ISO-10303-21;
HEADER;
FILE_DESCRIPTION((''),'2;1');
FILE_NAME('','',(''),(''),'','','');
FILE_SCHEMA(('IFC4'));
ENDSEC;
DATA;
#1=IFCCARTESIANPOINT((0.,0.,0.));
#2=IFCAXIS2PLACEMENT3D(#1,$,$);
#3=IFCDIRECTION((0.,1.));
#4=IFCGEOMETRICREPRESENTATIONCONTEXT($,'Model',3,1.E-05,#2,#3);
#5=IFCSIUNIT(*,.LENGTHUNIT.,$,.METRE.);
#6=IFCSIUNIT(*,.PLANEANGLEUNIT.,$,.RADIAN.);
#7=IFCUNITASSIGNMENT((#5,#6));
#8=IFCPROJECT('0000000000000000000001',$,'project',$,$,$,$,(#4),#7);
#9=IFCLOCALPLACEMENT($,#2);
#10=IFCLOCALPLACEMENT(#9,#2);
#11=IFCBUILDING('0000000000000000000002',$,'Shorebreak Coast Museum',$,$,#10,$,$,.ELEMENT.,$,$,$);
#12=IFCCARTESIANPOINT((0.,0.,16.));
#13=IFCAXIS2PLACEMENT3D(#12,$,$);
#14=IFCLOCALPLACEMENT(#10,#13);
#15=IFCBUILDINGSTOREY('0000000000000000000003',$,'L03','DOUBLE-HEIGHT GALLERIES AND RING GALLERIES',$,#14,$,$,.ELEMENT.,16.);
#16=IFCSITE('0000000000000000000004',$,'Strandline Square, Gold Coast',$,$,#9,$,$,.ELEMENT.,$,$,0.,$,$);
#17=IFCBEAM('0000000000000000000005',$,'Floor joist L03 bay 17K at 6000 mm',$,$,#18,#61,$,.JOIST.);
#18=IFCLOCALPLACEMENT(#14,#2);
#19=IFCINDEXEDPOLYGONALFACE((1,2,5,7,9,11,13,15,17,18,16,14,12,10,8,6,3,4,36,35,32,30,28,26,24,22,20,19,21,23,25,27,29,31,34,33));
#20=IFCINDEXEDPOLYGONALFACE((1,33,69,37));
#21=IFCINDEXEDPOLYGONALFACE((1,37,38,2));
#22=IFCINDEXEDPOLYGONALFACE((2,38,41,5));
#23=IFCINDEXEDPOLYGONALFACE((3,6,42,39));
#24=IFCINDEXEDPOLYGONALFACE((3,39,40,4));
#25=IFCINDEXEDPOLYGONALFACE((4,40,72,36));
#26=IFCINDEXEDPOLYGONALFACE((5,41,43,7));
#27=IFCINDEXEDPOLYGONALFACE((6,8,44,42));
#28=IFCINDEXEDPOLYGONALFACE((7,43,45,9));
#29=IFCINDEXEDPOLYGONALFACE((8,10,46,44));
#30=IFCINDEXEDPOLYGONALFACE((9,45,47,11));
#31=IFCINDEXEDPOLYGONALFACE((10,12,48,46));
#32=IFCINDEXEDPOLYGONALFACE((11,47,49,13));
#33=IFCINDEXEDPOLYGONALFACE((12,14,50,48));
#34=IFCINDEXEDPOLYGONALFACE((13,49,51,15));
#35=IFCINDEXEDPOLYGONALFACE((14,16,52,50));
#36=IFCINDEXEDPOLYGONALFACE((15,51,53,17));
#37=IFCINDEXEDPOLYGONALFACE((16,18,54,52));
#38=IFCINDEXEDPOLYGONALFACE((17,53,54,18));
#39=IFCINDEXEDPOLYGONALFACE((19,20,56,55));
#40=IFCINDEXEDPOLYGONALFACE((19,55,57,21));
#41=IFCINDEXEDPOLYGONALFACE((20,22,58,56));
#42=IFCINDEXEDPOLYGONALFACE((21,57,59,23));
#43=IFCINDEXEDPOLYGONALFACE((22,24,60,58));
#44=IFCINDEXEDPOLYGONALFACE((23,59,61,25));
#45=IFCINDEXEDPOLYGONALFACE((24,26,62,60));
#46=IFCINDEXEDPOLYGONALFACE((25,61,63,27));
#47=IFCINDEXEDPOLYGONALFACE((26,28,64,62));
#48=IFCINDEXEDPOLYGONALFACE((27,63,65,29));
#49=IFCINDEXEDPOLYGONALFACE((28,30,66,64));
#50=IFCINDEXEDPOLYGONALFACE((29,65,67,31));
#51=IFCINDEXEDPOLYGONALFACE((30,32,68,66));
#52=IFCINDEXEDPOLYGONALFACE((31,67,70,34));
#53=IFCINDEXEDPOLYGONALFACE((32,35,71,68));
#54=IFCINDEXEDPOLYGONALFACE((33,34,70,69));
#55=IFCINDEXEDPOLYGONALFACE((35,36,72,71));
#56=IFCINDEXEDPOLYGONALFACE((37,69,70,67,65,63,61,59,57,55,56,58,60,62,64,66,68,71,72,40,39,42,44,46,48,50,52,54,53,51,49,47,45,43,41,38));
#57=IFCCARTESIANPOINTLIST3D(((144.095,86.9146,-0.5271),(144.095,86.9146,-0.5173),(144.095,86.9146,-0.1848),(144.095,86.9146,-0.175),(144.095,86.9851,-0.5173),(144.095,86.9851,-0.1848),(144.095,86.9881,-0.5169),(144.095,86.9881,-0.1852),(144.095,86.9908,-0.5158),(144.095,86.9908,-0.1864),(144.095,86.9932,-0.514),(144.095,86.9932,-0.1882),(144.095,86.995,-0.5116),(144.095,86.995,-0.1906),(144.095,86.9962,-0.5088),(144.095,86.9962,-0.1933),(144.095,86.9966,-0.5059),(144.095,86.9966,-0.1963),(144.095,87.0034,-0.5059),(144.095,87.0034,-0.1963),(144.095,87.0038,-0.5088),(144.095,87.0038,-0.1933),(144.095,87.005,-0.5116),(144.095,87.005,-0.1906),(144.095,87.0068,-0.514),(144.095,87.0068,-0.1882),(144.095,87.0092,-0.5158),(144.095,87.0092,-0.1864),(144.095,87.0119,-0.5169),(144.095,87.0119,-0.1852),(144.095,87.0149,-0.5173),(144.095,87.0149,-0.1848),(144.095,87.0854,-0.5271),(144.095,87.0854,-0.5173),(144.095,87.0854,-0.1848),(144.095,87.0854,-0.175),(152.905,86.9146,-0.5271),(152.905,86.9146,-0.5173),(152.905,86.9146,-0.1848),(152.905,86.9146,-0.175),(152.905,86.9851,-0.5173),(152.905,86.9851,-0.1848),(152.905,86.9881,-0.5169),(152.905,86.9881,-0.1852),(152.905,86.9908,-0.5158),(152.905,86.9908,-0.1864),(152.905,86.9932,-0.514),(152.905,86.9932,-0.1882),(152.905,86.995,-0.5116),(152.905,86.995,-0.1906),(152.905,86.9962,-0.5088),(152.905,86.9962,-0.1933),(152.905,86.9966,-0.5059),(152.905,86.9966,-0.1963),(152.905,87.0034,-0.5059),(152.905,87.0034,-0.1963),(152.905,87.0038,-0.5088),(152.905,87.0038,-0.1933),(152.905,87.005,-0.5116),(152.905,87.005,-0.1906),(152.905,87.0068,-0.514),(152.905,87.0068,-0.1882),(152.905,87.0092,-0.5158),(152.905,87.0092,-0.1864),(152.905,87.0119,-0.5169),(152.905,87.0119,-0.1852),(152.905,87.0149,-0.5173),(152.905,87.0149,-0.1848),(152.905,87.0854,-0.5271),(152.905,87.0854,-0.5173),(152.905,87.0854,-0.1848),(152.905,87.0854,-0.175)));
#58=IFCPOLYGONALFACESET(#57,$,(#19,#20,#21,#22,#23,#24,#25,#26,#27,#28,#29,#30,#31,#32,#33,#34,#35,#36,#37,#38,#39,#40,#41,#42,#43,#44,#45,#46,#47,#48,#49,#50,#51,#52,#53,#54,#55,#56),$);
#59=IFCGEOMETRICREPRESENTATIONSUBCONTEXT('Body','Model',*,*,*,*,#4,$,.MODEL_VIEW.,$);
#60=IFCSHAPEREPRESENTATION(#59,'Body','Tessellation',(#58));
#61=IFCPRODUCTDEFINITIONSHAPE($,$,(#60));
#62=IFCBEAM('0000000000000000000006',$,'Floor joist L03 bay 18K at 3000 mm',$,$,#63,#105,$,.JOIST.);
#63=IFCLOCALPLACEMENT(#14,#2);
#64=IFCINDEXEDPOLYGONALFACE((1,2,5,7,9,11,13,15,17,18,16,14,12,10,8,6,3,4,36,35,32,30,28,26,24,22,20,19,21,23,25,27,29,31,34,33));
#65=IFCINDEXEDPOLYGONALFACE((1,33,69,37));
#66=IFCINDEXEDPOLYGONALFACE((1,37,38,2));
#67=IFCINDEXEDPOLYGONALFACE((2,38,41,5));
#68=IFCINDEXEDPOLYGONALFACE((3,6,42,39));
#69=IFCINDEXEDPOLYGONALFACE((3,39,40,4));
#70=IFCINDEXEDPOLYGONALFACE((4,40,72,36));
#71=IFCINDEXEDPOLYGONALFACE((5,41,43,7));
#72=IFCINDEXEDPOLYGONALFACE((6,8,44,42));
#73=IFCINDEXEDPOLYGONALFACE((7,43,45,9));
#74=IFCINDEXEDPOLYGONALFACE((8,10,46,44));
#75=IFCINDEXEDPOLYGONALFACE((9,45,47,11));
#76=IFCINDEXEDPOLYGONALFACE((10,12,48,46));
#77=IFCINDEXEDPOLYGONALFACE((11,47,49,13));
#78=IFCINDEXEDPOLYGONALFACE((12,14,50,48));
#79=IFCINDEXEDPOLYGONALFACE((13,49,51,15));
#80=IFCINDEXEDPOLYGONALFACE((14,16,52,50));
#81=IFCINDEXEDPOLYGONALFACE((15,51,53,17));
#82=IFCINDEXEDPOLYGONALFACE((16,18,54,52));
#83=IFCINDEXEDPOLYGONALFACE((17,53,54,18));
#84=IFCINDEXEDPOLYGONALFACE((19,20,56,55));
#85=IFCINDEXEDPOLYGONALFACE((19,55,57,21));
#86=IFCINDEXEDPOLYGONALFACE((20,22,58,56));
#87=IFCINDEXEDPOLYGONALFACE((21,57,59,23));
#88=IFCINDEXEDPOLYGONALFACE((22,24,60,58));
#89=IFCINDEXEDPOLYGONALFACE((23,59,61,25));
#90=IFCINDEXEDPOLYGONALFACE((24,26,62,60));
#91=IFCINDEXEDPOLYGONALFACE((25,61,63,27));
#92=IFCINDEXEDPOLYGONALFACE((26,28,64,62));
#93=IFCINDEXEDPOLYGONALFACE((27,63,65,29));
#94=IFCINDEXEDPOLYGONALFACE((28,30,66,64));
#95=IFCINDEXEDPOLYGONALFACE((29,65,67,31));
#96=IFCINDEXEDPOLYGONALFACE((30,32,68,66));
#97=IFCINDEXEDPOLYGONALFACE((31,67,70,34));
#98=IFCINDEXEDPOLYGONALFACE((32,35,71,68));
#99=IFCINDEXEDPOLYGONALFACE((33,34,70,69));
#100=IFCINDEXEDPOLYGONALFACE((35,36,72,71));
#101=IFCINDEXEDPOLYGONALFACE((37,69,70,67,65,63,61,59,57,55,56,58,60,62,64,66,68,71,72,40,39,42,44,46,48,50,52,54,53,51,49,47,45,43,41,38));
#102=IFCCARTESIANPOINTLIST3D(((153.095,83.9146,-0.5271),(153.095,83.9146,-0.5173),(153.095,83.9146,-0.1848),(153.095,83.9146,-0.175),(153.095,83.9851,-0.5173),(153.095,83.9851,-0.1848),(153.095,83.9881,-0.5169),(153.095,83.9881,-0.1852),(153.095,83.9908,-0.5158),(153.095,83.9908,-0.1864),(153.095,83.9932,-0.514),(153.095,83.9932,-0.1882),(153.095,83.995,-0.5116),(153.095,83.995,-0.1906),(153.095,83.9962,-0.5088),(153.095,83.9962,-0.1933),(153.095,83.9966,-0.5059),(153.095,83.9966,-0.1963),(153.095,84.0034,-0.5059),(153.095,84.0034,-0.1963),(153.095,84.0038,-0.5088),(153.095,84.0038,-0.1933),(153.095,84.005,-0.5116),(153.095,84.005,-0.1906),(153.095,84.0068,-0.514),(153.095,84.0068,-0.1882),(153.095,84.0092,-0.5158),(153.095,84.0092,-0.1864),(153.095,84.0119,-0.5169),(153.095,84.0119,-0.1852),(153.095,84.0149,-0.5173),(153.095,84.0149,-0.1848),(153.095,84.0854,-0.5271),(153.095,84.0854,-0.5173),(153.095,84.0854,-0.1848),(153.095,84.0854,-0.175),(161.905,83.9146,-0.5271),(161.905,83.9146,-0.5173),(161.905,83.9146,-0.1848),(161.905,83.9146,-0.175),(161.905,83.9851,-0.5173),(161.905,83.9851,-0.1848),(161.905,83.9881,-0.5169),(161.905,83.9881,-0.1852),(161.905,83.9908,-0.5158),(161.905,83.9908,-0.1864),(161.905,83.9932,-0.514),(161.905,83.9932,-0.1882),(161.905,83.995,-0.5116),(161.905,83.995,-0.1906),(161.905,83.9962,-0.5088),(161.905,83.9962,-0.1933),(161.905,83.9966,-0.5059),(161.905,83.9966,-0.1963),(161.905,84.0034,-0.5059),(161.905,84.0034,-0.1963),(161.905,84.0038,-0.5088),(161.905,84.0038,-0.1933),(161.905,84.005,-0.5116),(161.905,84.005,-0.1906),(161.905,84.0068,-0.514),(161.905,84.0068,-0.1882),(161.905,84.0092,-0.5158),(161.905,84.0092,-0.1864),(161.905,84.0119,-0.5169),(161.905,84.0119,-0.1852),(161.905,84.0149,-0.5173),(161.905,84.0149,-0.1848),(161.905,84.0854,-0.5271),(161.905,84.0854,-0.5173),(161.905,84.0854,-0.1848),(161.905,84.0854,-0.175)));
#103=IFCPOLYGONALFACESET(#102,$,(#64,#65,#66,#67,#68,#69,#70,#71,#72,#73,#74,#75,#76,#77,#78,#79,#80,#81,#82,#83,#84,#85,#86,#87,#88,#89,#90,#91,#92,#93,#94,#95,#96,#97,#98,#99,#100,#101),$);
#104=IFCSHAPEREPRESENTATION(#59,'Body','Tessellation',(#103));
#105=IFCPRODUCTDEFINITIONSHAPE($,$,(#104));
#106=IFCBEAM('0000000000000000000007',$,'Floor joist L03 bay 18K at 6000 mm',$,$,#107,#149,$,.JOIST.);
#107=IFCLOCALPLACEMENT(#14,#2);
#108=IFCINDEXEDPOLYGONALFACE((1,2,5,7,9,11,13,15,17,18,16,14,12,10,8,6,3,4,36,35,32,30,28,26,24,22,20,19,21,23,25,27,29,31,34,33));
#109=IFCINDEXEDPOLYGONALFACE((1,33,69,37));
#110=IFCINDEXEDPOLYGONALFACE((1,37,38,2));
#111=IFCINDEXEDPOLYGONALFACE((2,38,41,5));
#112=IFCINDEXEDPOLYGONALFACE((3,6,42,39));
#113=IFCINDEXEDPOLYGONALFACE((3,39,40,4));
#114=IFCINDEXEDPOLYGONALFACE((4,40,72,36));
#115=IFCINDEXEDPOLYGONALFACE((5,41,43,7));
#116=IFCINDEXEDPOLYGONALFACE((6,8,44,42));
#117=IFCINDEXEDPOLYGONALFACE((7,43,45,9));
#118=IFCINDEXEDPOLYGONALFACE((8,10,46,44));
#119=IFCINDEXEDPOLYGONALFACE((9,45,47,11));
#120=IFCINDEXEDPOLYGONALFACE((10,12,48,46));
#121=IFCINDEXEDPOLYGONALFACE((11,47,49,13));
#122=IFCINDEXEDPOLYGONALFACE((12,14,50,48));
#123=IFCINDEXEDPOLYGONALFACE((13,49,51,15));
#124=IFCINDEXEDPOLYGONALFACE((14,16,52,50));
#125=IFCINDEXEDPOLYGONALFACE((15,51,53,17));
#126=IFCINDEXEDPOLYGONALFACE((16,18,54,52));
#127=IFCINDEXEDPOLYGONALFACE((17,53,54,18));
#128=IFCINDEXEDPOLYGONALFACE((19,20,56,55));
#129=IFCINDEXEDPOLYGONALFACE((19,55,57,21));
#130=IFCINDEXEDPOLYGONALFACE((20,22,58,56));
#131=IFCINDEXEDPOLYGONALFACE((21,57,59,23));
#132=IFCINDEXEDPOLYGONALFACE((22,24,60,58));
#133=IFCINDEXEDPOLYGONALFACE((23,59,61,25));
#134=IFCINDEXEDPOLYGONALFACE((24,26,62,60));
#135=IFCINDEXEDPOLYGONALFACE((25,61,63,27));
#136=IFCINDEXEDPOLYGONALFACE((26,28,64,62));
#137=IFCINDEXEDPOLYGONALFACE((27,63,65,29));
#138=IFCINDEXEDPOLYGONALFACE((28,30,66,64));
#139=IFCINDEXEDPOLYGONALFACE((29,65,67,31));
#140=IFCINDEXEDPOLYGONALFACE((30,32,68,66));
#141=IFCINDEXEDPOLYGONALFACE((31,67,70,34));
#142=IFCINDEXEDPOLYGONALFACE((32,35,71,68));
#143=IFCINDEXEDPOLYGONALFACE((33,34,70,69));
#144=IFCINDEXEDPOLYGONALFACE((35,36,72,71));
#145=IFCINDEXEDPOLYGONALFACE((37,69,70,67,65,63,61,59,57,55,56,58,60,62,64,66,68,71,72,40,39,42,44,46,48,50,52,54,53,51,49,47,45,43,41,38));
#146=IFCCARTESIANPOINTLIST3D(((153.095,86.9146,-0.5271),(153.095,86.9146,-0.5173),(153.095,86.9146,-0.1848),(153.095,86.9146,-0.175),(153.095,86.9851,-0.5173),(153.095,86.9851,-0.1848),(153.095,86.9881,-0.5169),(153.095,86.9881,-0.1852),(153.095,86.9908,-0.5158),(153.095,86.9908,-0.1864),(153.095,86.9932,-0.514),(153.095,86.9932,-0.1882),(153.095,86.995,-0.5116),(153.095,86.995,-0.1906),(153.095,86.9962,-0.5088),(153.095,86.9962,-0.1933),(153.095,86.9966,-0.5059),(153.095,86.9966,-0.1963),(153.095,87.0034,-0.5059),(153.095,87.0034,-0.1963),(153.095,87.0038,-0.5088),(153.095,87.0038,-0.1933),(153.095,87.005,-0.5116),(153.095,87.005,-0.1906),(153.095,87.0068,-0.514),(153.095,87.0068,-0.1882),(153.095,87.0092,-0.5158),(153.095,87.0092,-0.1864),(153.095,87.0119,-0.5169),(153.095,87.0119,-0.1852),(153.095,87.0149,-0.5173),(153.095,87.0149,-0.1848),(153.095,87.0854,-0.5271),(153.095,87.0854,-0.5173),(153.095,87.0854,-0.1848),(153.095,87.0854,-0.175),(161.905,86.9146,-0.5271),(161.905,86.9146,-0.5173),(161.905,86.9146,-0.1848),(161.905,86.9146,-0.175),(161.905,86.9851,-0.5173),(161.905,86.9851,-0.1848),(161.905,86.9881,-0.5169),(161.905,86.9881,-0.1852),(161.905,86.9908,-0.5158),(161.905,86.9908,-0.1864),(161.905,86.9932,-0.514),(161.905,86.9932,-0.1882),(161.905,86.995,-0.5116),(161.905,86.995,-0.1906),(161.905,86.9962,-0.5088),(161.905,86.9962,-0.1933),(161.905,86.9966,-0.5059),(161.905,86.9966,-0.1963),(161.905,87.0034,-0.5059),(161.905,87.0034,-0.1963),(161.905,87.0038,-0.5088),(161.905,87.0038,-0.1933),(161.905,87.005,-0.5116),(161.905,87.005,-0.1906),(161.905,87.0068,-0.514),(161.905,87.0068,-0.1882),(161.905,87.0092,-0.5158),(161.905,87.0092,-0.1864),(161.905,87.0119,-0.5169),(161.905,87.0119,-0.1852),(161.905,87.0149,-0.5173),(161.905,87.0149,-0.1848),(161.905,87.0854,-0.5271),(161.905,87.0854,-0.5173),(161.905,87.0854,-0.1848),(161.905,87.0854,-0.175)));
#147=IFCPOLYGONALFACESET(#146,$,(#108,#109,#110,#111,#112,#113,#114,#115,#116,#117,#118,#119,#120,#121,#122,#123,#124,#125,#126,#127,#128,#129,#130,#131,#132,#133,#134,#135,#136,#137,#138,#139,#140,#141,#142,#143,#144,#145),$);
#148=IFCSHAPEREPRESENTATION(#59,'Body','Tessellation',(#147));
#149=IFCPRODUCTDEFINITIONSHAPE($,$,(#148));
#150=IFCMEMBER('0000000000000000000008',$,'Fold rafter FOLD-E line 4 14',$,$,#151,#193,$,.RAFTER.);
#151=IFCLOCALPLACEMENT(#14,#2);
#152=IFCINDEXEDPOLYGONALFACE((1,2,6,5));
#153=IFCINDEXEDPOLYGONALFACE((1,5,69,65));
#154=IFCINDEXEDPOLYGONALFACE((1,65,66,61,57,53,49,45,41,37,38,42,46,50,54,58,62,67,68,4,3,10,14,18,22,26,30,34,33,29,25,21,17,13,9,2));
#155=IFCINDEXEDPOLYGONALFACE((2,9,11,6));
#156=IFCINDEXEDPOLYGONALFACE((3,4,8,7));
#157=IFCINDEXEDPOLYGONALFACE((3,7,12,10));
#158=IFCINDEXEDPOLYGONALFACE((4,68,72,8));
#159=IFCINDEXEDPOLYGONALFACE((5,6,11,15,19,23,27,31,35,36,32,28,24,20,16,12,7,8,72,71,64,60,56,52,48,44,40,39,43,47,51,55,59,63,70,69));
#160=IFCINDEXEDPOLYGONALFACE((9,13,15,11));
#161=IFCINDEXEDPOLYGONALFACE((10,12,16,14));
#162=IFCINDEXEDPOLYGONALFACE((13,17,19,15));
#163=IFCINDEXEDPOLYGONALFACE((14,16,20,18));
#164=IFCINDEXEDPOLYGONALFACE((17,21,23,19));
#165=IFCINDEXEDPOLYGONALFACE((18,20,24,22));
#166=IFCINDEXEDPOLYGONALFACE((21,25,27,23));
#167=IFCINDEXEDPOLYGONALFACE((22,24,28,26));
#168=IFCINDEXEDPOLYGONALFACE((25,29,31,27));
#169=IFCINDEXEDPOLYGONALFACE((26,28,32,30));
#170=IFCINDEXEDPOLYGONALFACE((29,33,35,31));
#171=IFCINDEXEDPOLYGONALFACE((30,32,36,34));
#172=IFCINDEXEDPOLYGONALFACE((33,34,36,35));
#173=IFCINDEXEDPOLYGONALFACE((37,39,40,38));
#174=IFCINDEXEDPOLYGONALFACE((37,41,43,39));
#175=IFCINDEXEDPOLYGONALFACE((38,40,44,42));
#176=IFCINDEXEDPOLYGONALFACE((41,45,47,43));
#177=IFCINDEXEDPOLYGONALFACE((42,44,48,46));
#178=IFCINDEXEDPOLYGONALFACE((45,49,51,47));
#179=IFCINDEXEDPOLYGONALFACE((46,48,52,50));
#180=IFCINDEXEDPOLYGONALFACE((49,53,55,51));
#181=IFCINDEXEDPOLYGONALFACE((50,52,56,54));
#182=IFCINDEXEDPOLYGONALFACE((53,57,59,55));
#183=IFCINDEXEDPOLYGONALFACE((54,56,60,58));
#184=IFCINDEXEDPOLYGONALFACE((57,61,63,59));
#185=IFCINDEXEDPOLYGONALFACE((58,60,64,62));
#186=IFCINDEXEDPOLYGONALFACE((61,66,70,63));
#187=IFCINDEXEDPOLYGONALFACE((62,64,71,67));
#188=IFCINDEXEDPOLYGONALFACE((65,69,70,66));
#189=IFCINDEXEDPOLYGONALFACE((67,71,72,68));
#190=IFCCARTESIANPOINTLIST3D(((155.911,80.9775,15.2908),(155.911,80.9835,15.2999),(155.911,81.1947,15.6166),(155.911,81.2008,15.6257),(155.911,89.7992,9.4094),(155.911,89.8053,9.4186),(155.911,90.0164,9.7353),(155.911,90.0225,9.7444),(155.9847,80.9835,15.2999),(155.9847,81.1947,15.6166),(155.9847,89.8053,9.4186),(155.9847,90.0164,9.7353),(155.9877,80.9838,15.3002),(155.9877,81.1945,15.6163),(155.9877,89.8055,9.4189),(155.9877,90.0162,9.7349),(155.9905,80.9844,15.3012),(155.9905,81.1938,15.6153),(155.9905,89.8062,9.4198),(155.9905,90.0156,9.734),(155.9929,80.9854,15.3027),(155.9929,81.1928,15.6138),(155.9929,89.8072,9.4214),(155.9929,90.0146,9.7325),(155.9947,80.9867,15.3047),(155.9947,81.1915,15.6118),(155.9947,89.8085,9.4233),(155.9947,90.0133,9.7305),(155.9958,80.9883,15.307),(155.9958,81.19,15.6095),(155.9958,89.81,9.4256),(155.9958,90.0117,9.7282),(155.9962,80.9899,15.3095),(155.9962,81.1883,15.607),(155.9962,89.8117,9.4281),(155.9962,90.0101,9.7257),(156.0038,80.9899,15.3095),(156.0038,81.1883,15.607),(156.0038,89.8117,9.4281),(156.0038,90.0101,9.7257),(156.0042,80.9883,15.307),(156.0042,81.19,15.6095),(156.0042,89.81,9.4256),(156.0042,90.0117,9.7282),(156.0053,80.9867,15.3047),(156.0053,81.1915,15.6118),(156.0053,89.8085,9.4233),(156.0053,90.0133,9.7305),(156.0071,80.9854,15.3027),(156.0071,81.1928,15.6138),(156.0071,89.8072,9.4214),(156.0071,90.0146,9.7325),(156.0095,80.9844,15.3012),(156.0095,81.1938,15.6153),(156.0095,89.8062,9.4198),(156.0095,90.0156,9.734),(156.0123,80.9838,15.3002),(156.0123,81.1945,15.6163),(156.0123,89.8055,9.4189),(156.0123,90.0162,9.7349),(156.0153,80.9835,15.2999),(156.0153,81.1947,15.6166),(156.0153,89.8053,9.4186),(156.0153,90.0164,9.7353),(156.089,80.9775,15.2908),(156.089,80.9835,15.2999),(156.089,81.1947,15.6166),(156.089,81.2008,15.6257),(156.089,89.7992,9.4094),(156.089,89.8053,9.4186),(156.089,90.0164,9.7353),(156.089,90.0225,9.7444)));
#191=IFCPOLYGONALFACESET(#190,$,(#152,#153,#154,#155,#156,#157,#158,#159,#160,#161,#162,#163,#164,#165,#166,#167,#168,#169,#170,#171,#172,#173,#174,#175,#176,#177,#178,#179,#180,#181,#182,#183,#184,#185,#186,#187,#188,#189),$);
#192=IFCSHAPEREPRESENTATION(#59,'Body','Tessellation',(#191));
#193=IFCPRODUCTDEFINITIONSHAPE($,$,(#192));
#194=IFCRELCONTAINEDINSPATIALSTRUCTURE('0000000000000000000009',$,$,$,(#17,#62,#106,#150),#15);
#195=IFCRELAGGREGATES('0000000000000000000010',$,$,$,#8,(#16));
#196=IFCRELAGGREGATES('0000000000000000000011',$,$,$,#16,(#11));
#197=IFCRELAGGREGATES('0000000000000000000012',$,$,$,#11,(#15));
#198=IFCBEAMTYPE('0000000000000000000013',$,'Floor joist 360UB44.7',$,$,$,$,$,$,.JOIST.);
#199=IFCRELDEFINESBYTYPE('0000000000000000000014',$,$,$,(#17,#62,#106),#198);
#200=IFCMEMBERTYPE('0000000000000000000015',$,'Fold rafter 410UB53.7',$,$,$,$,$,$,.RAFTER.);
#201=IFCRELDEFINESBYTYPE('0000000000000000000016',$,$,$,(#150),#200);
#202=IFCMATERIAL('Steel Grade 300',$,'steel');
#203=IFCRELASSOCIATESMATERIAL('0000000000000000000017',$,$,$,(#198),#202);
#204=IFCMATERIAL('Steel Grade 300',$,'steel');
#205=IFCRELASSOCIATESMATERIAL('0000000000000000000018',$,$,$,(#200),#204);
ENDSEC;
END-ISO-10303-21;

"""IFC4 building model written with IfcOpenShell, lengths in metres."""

from ifc_helpers import new_model, si_unit, direction, frame, origin, origin_2d, place, context, subcontext, project, spatial, i_section, extrude, material, material_profile, profile_set, type_object, element, save


model = new_model("IFC4")

# Units and contexts
model_context = context("Model", 3, precision=1e-05, world=origin(), true_north=direction((0.0, 1.0)))
body_context = subcontext(model_context, "Body", "Model", "MODEL_VIEW")
ifc_project = project(units=[si_unit("LENGTHUNIT", "METRE"), si_unit("PLANEANGLEUNIT", "RADIAN")], contexts=[model_context])

# Site, building, storey
site_placement = place(None, origin())
site = spatial("IfcSite", under=ifc_project, at=site_placement, Name="Strandline Square, Gold Coast", CompositionType="ELEMENT", RefElevation=0.0)
building_placement = place(site_placement, origin())
building = spatial("IfcBuilding", under=site, at=building_placement, Name="Shorebreak Coast Museum", CompositionType="ELEMENT")
storey_placement = place(building_placement, frame((0.0, 0.0, 16.0)))
storey = spatial("IfcBuildingStorey", under=building, at=storey_placement, Name="L03", Description="DOUBLE-HEIGHT GALLERIES AND RING GALLERIES", CompositionType="ELEMENT", Elevation=16.0)

# Beams
ifc_material_1 = material(Name="Steel Grade 300", Category="steel")
ifc_material_profile_1 = material_profile(ifc_material_1, i_section(OverallWidth=0.1709, OverallDepth=0.3521, WebThickness=0.0068, FlangeThickness=0.0098, FilletRadius=0.0115, at=origin_2d()), Name="360UB44.7")
ifc_profile_set_1 = profile_set([ifc_material_profile_1], Name="Steel Grade 300")
beam_type_1 = type_object("IfcBeamType", Name="Floor joist 360UB44.7", PredefinedType="JOIST", material=ifc_profile_set_1)
for number, where, z_axis, x_axis, name in (
    (1, (144.095, 87.0, -0.3511), (1.0, 0.0, 0.0), (0.0, 1.0, 0.0), "Floor joist L03 bay 17K at 6000 mm"),
    (2, (153.095, 84.0, -0.3511), (1.0, 0.0, 0.0), (0.0, 1.0, 0.0), "Floor joist L03 bay 18K at 3000 mm"),
    (3, (153.095, 87.0, -0.3511), (1.0, 0.0, 0.0), (0.0, 1.0, 0.0), "Floor joist L03 bay 18K at 6000 mm"),
):
    element("IfcBeam", number, at=place(storey_placement, frame(where, z_axis=z_axis, x_axis=x_axis)), inside=storey, type_object=beam_type_1, Name=name, PredefinedType="JOIST", context=body_context, shape_type="SweptSolid", body=[
        extrude(i_section(OverallWidth=0.1709, OverallDepth=0.3521, WebThickness=0.0068, FlangeThickness=0.0098, FilletRadius=0.0115, at=origin_2d()), origin(), (0.0, 0.0, 1.0), 8.8101),
    ])

# Member
ifc_material_2 = material(Name="Steel Grade 300", Category="steel")
ifc_material_profile_2 = material_profile(ifc_material_2, i_section(OverallWidth=0.178, OverallDepth=0.4026, WebThickness=0.0076, FlangeThickness=0.011, FilletRadius=0.0115, at=origin_2d()), Name="410UB53.7")
ifc_profile_set_2 = profile_set([ifc_material_profile_2], Name="Steel Grade 300")
member_type_1 = type_object("IfcMemberType", Name="Fold rafter 410UB53.7", PredefinedType="RAFTER", material=ifc_profile_set_2)
for number, where, z_axis, x_axis, name in (
    (4, (156.0, 81.0891, 15.4583), (0.0, 0.832043, -0.554711), (-1.0, 0.0, 0.0), "Fold rafter FOLD-E line 4 14"),
):
    element("IfcMember", number, at=place(storey_placement, frame(where, z_axis=z_axis, x_axis=x_axis)), inside=storey, type_object=member_type_1, Name=name, PredefinedType="RAFTER", context=body_context, shape_type="SweptSolid", body=[
        extrude(i_section(OverallWidth=0.178, OverallDepth=0.4026, WebThickness=0.0076, FlangeThickness=0.011, FilletRadius=0.0115, at=origin_2d()), origin(), (0.0, 0.0, 1.0), 10.6025),
    ])

save(model, "model.ifc")
